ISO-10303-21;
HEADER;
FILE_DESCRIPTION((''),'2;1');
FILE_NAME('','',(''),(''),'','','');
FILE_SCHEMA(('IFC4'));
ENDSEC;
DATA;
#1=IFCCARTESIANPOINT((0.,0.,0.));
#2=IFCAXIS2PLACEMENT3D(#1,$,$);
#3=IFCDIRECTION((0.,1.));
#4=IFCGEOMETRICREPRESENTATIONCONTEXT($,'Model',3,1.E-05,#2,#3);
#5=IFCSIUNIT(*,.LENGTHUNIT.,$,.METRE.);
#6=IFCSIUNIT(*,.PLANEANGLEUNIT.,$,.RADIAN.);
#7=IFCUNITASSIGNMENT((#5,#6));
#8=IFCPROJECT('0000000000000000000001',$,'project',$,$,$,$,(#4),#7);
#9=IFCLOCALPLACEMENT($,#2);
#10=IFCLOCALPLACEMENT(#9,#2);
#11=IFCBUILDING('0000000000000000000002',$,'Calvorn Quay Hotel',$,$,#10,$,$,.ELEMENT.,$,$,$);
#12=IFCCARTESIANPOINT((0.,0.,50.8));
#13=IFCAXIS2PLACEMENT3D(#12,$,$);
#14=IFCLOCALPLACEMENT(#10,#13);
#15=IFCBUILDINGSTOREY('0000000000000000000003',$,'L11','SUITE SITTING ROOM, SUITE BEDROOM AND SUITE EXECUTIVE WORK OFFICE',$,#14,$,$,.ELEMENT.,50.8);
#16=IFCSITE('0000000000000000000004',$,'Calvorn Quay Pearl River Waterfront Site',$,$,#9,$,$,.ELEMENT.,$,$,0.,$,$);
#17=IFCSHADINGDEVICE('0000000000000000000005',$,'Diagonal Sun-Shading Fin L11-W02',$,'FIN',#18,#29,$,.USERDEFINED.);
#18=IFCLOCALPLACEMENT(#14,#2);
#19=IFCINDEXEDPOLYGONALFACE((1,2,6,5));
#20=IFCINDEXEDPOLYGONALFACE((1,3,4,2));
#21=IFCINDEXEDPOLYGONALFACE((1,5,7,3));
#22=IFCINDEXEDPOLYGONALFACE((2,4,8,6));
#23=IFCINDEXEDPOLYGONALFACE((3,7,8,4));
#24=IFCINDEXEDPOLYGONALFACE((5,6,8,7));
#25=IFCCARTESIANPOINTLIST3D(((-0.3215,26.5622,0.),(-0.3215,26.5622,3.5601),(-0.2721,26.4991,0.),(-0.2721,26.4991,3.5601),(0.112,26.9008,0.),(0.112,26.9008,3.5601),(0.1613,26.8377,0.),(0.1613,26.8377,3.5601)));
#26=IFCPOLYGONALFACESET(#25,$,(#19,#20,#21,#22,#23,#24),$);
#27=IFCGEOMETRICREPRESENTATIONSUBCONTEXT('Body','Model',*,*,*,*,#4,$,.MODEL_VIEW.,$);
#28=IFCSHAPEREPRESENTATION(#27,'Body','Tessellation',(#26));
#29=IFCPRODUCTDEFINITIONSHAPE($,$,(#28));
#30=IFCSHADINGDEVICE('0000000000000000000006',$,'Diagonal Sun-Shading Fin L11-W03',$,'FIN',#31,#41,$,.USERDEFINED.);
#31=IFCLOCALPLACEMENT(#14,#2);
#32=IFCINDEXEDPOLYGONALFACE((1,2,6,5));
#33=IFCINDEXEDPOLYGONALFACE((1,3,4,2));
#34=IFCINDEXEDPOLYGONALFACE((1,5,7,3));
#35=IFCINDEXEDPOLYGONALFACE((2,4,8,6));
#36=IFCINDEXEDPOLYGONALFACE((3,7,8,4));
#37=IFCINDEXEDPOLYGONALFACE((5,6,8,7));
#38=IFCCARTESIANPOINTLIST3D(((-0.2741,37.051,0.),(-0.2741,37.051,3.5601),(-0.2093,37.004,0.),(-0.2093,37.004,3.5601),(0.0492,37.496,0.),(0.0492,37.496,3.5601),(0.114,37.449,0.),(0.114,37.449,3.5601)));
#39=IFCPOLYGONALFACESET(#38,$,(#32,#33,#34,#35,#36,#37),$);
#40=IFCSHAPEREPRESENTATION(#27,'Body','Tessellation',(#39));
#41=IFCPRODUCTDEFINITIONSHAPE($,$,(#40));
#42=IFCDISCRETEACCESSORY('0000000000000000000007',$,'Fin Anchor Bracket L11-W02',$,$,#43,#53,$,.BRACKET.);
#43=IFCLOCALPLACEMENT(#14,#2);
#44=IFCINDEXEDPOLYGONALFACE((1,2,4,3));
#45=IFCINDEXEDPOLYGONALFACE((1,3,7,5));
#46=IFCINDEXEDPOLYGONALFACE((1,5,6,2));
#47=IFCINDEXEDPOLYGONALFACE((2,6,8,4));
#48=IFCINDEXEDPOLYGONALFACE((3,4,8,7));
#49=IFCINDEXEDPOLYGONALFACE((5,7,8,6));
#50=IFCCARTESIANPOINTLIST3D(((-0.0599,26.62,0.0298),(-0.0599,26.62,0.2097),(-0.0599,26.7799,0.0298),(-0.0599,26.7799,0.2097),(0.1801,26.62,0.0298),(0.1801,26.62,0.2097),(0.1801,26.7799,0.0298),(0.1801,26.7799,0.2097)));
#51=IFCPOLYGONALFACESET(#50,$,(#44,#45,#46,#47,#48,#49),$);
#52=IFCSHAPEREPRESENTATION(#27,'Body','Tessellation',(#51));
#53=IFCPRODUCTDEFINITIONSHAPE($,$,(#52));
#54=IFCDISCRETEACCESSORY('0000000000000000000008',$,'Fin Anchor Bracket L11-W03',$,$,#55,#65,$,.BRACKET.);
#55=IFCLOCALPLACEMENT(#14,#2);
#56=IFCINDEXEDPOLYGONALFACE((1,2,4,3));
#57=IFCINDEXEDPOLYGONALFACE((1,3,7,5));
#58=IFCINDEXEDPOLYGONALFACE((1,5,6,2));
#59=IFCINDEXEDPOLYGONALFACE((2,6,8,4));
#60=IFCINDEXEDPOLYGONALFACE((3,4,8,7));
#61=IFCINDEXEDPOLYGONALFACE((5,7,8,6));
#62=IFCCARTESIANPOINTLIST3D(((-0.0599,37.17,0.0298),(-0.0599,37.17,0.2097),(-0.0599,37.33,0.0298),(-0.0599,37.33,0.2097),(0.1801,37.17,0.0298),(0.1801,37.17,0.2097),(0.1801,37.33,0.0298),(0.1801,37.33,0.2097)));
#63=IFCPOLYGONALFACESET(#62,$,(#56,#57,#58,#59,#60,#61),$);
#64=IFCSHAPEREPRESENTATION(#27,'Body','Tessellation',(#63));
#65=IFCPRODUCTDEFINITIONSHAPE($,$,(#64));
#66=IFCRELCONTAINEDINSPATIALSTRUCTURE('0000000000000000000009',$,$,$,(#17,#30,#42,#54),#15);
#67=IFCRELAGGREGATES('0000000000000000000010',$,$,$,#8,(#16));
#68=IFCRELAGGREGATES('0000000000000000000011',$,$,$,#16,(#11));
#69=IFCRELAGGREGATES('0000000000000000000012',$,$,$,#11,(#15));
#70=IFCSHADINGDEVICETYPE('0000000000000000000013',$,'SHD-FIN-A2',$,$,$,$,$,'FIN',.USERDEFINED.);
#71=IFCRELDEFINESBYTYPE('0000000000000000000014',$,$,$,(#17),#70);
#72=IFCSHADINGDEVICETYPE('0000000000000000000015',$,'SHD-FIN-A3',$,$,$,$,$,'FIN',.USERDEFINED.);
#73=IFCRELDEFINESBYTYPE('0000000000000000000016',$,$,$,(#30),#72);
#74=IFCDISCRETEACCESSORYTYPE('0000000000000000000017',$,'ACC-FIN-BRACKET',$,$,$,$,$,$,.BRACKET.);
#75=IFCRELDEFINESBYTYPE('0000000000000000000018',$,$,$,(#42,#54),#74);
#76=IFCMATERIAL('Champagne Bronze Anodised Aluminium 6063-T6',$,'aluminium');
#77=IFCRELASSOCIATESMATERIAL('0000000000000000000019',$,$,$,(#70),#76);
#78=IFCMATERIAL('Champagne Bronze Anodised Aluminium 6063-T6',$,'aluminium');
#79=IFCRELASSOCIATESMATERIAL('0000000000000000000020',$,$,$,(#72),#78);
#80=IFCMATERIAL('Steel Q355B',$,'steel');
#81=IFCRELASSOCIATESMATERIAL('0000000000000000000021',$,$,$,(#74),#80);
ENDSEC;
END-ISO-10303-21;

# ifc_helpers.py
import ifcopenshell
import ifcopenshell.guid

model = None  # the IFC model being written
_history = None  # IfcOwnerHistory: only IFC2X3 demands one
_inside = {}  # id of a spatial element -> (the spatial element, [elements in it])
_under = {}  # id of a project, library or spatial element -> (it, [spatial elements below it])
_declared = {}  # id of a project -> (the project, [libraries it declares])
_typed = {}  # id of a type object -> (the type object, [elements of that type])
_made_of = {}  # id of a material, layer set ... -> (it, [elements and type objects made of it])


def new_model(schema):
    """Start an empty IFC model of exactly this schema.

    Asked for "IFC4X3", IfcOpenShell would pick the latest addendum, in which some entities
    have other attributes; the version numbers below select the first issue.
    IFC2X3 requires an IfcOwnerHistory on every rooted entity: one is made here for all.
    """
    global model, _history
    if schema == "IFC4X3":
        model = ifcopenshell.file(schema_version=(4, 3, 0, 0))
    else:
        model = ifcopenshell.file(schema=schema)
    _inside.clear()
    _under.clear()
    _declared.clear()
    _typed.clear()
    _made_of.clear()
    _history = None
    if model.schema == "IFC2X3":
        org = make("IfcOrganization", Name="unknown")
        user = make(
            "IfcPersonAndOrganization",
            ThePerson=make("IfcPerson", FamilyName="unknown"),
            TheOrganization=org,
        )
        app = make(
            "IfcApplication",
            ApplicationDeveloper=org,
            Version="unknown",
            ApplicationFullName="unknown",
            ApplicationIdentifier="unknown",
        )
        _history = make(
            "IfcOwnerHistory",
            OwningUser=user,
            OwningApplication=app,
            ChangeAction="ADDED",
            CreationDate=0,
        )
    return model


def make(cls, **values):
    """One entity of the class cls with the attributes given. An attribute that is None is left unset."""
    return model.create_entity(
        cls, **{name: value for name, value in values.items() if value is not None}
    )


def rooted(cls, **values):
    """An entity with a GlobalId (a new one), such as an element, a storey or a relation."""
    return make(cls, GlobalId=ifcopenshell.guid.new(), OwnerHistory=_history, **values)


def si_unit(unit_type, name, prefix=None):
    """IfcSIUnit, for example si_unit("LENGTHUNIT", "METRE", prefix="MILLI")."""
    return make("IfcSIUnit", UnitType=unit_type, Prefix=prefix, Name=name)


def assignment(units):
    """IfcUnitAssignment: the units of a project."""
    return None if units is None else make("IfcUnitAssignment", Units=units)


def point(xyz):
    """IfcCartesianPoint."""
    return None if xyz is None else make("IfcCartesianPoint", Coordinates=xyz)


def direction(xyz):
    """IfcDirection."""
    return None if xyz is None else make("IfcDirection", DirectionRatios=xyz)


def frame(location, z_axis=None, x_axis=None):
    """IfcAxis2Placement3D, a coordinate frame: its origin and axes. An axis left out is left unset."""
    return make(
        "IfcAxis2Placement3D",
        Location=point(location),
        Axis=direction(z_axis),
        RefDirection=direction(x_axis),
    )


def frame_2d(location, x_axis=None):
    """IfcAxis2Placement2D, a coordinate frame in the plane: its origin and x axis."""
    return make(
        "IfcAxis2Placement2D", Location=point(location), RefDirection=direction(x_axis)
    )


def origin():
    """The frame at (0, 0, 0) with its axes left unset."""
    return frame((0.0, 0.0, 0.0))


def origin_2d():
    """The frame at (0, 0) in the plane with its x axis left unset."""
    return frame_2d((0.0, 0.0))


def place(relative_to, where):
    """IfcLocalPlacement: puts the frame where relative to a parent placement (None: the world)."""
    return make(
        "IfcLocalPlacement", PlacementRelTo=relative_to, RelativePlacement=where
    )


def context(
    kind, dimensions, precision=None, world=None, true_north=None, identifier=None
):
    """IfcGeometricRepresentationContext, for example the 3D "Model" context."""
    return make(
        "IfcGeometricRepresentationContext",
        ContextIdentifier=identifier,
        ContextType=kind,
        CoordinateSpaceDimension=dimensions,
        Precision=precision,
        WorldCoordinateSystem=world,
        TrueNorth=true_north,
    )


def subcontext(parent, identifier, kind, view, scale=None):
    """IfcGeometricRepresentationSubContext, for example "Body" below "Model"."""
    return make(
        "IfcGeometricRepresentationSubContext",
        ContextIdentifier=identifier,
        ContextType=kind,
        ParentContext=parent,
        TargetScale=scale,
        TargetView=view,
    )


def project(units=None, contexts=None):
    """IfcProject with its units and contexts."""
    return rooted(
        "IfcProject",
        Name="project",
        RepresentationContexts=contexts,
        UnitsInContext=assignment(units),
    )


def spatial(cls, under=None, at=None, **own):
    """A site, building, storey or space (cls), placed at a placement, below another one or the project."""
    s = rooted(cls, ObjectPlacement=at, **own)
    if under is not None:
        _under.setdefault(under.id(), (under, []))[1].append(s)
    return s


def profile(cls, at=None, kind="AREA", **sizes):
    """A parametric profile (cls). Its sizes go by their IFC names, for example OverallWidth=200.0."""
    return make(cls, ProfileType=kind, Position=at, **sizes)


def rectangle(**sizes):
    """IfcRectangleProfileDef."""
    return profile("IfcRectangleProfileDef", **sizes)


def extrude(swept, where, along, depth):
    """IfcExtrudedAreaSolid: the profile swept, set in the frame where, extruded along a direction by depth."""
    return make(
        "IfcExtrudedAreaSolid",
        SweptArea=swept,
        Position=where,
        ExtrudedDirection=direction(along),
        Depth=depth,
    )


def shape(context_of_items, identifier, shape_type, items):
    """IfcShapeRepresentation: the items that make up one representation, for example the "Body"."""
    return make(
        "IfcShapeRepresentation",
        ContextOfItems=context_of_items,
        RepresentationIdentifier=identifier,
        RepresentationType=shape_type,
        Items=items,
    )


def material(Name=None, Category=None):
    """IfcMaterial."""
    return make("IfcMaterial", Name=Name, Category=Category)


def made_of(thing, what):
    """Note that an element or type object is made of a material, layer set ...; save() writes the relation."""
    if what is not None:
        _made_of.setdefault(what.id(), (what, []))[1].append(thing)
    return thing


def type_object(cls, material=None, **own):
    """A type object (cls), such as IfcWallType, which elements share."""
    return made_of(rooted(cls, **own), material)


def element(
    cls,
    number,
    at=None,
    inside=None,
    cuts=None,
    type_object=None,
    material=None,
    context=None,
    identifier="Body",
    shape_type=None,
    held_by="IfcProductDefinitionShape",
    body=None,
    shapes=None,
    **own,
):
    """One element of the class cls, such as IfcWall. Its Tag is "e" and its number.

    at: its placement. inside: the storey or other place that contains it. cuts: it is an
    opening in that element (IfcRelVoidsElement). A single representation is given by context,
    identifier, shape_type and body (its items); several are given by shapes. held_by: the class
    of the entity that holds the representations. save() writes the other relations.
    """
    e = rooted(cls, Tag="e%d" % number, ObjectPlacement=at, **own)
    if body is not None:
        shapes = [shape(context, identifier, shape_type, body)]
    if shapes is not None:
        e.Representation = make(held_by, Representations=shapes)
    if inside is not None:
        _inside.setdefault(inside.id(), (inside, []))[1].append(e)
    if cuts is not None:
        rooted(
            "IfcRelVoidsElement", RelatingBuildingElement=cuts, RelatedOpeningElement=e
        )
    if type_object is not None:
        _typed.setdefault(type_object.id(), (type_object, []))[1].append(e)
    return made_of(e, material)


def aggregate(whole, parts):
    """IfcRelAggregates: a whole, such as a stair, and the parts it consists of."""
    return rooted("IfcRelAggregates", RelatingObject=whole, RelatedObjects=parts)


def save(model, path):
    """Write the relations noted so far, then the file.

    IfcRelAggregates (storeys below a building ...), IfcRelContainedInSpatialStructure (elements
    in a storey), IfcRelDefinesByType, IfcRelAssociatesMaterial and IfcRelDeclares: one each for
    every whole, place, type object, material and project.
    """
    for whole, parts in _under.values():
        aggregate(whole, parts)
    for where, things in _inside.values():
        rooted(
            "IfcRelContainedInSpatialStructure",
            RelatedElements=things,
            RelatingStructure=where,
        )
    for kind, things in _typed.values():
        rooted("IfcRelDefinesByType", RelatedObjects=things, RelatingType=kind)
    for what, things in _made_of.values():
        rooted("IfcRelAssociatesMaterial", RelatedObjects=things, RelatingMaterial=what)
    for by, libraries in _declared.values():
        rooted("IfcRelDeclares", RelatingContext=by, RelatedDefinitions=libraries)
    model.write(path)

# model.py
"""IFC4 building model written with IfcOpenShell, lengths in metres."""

from ifc_helpers import new_model, si_unit, direction, frame, origin, origin_2d, place, context, subcontext, project, spatial, rectangle, extrude, material, type_object, element, save


model = new_model("IFC4")

# Units and contexts
model_context = context("Model", 3, precision=1e-05, world=origin(), true_north=direction((0.0, 1.0)))
body_context = subcontext(model_context, "Body", "Model", "MODEL_VIEW")
ifc_project = project(units=[si_unit("LENGTHUNIT", "METRE"), si_unit("PLANEANGLEUNIT", "RADIAN")], contexts=[model_context])

# Site, building, storey
site_placement = place(None, origin())
site = spatial("IfcSite", under=ifc_project, at=site_placement, Name="Calvorn Quay Pearl River Waterfront Site", CompositionType="ELEMENT", RefElevation=0.0)
building_placement = place(site_placement, origin())
building = spatial("IfcBuilding", under=site, at=building_placement, Name="Calvorn Quay Hotel", CompositionType="ELEMENT")
storey_placement = place(building_placement, frame((0.0, 0.0, 50.8)))
storey = spatial("IfcBuildingStorey", under=building, at=storey_placement, Name="L11", Description="SUITE SITTING ROOM, SUITE BEDROOM AND SUITE EXECUTIVE WORK OFFICE", CompositionType="ELEMENT", Elevation=50.8)

# Shading devices
ifc_material_1 = material(Name="Champagne Bronze Anodised Aluminium 6063-T6", Category="aluminium")
shading_device_type_1 = type_object("IfcShadingDeviceType", Name="SHD-FIN-A2", ElementType="FIN", PredefinedType="USERDEFINED", material=ifc_material_1)
shading_device_1_placement = place(storey_placement, frame((-0.0801, 26.7, 0.0), z_axis=(0.0, 0.0, 1.0), x_axis=(0.788011, 0.615661, 0.0)))
element("IfcShadingDevice", 1, at=shading_device_1_placement, inside=storey, type_object=shading_device_type_1, Name="Diagonal Sun-Shading Fin L11-W02", ObjectType="FIN", PredefinedType="USERDEFINED", context=body_context, shape_type="SweptSolid", body=[
    extrude(rectangle(XDim=0.55, YDim=0.0801, at=origin_2d()), origin(), (0.0, 0.0, 1.0), 3.5601),
])
ifc_material_2 = material(Name="Champagne Bronze Anodised Aluminium 6063-T6", Category="aluminium")
shading_device_type_2 = type_object("IfcShadingDeviceType", Name="SHD-FIN-A3", ElementType="FIN", PredefinedType="USERDEFINED", material=ifc_material_2)
shading_device_2_placement = place(storey_placement, frame((-0.0801, 37.25, 0.0), z_axis=(0.0, 0.0, 1.0), x_axis=(0.587785, 0.809017, 0.0)))
element("IfcShadingDevice", 2, at=shading_device_2_placement, inside=storey, type_object=shading_device_type_2, Name="Diagonal Sun-Shading Fin L11-W03", ObjectType="FIN", PredefinedType="USERDEFINED", context=body_context, shape_type="SweptSolid", body=[
    extrude(rectangle(XDim=0.55, YDim=0.0801, at=origin_2d()), origin(), (0.0, 0.0, 1.0), 3.5601),
])

# Discrete accessories
ifc_material_3 = material(Name="Steel Q355B", Category="steel")
discrete_accessory_type = type_object("IfcDiscreteAccessoryType", Name="ACC-FIN-BRACKET", PredefinedType="BRACKET", material=ifc_material_3)
for number, where, z_axis, x_axis, name in (
    (3, (0.0601, 26.7, 0.0298), (0.0, 0.0, 1.0), (1.0, 0.0, 0.0), "Fin Anchor Bracket L11-W02"),
    (4, (0.0601, 37.25, 0.0298), (0.0, 0.0, 1.0), (1.0, 0.0, 0.0), "Fin Anchor Bracket L11-W03"),
):
    element("IfcDiscreteAccessory", number, at=place(storey_placement, frame(where, z_axis=z_axis, x_axis=x_axis)), inside=storey, type_object=discrete_accessory_type, Name=name, PredefinedType="BRACKET", context=body_context, shape_type="SweptSolid", body=[
        extrude(rectangle(XDim=0.24, YDim=0.1599, at=origin_2d()), origin(), (0.0, 0.0, 1.0), 0.1799),
    ])

save(model, "model.ifc")
